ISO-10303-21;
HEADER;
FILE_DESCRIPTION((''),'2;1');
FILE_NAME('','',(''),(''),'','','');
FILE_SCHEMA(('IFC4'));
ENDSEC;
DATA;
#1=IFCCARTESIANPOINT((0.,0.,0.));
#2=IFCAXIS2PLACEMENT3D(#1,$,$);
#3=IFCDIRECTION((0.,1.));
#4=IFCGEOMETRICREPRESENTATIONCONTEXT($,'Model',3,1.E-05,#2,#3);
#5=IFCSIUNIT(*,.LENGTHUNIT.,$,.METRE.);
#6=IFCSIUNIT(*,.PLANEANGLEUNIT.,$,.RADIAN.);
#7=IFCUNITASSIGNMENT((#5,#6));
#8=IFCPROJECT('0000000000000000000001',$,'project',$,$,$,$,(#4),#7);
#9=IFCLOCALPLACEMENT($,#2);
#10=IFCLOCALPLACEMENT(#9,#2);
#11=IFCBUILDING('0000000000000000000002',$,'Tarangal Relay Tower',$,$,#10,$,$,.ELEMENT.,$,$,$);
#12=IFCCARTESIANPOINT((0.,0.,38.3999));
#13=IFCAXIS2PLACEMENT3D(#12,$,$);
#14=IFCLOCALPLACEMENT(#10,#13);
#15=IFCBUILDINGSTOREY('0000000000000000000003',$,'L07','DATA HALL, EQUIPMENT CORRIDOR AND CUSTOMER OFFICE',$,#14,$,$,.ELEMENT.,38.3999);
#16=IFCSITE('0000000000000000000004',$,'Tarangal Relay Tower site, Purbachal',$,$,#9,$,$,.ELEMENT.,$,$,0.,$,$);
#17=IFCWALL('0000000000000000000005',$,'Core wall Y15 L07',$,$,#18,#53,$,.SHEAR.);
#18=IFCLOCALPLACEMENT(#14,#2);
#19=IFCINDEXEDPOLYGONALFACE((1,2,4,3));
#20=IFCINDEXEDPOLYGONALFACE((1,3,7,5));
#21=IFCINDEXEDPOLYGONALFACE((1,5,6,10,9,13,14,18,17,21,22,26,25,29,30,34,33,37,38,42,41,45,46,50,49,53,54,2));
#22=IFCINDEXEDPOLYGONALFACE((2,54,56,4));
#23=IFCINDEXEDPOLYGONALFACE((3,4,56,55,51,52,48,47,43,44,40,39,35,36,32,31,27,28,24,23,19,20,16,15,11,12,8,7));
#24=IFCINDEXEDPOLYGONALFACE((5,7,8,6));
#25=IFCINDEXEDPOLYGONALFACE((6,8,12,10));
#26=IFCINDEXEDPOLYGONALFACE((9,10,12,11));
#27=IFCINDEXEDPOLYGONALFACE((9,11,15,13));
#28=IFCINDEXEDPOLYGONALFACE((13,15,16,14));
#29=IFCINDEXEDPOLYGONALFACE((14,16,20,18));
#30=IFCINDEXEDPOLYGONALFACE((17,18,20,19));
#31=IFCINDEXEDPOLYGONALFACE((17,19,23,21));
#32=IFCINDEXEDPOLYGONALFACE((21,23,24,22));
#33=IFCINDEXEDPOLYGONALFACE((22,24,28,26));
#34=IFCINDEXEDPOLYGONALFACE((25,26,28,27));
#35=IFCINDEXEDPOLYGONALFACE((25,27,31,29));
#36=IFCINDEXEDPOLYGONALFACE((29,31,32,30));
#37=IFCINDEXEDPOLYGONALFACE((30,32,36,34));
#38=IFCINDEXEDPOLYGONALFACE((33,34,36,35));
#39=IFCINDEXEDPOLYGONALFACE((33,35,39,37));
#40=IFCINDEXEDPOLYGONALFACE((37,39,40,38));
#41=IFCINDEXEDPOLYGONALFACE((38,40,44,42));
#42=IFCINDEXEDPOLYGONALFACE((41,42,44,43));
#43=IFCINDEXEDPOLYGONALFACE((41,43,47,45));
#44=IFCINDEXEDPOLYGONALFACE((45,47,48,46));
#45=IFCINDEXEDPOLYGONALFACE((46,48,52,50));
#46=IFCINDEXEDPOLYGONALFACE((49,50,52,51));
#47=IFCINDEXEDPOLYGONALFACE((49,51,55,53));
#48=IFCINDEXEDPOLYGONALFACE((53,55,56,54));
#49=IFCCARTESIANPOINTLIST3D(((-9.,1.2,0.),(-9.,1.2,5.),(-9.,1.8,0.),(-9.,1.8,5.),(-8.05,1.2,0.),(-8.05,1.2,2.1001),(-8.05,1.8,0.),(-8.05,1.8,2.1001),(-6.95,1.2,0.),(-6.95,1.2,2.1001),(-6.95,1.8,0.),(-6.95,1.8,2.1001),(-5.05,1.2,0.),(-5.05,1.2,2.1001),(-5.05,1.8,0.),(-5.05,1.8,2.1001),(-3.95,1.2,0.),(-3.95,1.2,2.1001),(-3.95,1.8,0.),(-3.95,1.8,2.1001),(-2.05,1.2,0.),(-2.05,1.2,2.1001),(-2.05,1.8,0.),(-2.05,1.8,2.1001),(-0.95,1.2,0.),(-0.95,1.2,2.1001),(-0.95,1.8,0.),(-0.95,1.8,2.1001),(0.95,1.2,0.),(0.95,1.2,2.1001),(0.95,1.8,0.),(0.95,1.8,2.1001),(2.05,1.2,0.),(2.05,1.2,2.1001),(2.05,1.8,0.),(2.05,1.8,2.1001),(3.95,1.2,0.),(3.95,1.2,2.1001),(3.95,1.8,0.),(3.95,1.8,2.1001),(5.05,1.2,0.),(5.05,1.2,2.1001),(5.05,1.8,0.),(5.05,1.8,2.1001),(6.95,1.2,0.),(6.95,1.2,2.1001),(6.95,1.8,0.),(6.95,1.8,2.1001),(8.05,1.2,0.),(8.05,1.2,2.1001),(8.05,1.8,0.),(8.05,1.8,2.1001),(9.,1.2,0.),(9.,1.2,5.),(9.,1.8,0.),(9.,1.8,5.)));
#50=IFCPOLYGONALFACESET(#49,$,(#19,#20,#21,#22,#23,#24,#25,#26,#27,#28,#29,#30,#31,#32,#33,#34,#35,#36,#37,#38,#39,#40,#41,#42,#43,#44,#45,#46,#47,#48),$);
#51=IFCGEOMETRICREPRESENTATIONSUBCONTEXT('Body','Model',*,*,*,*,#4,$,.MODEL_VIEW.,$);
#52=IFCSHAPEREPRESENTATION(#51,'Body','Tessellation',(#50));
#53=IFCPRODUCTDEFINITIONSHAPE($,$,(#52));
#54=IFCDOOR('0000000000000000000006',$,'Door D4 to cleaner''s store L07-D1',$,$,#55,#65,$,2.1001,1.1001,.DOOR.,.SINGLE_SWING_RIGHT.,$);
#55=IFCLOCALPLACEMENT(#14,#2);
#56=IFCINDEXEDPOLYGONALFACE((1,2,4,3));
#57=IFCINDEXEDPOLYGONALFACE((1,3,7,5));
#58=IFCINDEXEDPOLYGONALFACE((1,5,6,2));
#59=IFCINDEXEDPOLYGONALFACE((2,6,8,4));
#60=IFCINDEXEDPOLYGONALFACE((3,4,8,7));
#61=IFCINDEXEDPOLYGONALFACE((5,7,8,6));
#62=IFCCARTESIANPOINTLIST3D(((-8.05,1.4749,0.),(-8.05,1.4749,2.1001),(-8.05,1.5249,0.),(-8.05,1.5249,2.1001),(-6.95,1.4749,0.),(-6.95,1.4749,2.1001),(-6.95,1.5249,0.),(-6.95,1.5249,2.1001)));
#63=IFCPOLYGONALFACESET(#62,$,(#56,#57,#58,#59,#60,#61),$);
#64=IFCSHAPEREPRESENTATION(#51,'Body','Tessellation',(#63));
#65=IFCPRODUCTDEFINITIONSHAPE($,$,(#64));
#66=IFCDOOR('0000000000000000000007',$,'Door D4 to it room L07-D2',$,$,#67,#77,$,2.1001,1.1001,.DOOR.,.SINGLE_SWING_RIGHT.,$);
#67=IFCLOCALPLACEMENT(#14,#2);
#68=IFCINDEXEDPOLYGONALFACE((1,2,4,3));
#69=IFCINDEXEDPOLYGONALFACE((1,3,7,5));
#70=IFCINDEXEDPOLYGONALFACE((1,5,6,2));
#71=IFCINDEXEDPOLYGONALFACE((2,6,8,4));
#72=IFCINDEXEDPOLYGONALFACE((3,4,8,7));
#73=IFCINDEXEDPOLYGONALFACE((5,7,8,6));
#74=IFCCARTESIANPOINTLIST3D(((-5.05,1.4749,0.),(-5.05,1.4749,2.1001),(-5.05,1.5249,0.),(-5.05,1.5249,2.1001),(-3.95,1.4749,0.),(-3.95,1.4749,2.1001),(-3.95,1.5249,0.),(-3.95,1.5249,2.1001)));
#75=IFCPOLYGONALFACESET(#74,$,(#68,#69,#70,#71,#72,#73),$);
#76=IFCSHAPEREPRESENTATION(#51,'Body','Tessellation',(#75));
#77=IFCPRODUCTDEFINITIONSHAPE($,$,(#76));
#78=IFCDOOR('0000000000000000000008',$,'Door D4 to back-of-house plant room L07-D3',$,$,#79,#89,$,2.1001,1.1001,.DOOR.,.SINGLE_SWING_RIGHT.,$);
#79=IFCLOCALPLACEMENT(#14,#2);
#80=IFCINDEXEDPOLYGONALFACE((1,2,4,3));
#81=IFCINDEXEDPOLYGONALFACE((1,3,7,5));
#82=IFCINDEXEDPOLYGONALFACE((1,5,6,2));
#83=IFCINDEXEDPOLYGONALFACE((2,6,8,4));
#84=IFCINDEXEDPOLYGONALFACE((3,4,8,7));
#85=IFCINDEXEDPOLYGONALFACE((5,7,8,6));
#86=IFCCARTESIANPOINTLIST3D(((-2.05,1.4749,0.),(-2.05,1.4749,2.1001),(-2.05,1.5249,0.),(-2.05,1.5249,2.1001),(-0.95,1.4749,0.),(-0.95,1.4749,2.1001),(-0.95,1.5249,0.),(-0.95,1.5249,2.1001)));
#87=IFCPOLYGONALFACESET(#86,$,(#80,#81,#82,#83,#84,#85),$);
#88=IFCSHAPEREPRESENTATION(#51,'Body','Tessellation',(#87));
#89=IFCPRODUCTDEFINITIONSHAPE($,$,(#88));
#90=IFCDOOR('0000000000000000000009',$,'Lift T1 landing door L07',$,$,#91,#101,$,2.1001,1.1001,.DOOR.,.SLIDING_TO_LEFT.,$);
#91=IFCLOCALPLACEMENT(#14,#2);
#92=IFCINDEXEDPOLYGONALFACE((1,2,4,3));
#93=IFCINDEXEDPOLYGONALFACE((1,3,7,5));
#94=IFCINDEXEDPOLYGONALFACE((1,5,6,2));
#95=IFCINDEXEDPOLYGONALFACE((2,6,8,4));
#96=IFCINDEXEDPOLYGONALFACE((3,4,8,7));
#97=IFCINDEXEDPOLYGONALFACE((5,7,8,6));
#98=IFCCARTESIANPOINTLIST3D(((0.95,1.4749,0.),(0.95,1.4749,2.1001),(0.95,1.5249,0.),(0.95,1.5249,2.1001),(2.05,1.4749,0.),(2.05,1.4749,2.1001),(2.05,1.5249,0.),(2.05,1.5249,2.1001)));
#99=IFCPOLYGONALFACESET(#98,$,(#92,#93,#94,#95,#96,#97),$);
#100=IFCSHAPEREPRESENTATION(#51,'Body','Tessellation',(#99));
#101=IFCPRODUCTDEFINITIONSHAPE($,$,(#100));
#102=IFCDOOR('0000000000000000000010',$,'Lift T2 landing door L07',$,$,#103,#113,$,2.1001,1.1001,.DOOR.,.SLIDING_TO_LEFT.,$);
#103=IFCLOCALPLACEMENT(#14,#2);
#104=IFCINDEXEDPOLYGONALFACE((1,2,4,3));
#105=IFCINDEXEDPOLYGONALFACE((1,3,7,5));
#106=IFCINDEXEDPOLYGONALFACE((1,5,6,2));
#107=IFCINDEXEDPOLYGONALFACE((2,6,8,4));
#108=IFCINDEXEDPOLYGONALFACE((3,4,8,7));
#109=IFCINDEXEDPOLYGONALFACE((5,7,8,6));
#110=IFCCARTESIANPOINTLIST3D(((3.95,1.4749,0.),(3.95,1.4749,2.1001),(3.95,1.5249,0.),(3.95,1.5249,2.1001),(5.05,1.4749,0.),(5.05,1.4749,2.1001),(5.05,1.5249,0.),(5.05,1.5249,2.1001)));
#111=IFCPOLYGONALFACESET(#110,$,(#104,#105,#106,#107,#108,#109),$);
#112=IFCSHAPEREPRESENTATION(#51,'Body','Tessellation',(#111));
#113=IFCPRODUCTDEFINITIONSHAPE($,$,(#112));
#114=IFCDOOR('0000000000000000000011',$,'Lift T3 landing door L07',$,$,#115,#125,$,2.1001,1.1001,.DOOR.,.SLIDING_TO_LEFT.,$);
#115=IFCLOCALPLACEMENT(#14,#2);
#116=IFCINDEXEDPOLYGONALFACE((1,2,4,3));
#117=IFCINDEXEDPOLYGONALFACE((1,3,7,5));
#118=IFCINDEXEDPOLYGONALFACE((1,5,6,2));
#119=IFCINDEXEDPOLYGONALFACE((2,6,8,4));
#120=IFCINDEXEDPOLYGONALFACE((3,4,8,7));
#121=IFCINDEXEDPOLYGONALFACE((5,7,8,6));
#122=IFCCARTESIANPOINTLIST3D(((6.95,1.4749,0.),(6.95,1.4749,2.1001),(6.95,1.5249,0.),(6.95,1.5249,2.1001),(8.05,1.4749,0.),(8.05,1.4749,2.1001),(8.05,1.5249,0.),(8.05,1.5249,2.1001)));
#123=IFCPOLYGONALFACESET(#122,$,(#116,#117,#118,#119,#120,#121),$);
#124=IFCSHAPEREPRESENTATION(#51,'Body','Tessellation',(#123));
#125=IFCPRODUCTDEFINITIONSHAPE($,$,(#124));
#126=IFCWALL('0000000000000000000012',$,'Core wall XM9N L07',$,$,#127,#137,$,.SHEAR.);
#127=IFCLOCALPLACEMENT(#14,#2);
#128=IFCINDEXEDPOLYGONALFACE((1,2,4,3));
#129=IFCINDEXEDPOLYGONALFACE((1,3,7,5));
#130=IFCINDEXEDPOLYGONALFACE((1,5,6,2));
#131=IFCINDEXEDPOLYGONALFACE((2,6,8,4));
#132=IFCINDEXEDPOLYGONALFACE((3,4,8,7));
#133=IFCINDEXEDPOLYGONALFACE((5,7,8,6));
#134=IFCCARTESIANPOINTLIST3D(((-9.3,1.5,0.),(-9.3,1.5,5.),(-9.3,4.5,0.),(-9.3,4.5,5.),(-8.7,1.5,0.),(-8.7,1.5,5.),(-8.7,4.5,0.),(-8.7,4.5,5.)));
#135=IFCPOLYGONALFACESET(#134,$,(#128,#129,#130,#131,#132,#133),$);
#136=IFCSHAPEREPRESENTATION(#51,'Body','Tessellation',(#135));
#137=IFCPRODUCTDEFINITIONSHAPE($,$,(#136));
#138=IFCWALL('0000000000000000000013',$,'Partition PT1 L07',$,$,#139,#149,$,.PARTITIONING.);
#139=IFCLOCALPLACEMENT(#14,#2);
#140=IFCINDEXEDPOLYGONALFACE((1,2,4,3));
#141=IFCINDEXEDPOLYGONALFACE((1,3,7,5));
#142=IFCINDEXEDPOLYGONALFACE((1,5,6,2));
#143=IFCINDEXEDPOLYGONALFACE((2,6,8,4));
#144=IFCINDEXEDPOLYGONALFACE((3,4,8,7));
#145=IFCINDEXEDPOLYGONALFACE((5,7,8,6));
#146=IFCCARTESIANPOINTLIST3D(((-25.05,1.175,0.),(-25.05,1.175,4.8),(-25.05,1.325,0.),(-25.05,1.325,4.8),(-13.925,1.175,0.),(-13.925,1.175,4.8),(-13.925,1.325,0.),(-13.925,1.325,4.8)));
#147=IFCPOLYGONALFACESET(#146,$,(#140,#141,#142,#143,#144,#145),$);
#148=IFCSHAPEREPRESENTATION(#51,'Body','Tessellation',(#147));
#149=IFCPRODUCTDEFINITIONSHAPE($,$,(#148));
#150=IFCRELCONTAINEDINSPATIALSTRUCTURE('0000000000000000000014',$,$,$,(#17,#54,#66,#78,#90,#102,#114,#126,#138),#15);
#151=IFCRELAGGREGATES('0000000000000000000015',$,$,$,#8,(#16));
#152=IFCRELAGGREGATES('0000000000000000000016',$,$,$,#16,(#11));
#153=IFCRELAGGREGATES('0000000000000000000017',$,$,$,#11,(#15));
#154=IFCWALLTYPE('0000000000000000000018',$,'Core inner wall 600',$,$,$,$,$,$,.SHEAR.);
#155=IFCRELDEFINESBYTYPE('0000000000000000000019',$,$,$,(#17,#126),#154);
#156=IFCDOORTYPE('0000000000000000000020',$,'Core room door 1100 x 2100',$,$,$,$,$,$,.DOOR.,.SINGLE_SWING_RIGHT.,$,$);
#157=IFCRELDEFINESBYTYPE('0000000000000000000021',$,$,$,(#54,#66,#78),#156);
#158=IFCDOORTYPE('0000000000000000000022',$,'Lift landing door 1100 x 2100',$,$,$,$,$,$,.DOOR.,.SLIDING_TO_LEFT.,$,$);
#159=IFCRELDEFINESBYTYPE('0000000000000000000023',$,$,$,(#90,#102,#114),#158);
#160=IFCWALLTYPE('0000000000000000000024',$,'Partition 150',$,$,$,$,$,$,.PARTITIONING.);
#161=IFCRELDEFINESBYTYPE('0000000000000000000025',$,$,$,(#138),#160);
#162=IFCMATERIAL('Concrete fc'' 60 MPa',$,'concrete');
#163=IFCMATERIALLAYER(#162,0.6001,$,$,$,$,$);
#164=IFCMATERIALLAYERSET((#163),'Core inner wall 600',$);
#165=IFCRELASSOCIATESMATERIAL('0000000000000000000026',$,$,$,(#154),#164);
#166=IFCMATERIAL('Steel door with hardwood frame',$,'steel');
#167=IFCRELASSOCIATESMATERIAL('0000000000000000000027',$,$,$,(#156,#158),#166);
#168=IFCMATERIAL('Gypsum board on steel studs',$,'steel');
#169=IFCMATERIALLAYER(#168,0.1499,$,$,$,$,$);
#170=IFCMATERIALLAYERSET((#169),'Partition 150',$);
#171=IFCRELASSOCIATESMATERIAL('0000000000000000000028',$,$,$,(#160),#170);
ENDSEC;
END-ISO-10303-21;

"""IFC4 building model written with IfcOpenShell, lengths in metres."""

from ifc_helpers import new_model, si_unit, direction, frame, frame_2d, origin, place, context, subcontext, project, spatial, rectangle, extrude, material, layer, layer_set, type_object, element, fill, save


model = new_model("IFC4")

# Units and contexts
model_context = context("Model", 3, precision=1e-05, world=origin(), true_north=direction((0.0, 1.0)))
body_context = subcontext(model_context, "Body", "Model", "MODEL_VIEW")
ifc_project = project(units=[si_unit("LENGTHUNIT", "METRE"), si_unit("PLANEANGLEUNIT", "RADIAN")], contexts=[model_context])

# Site, building, storey
site_placement = place(None, origin())
site = spatial("IfcSite", under=ifc_project, at=site_placement, Name="Tarangal Relay Tower site, Purbachal", CompositionType="ELEMENT", RefElevation=0.0)
building_placement = place(site_placement, origin())
building = spatial("IfcBuilding", under=site, at=building_placement, Name="Tarangal Relay Tower", CompositionType="ELEMENT")
storey_placement = place(building_placement, frame((0.0, 0.0, 38.3999)))
storey = spatial("IfcBuildingStorey", under=building, at=storey_placement, Name="L07", Description="DATA HALL, EQUIPMENT CORRIDOR AND CUSTOMER OFFICE", CompositionType="ELEMENT", Elevation=38.3999)

# Wall, openings, doors
ifc_material_1 = material(Name="Concrete fc' 60 MPa", Category="concrete")
ifc_layer_1 = layer(ifc_material_1, 0.6001)
ifc_layer_set_1 = layer_set([ifc_layer_1], Name="Core inner wall 600")
wall_type_1 = type_object("IfcWallType", Name="Core inner wall 600", PredefinedType="SHEAR", material=ifc_layer_set_1)
ifc_material_2 = material(Name="Steel door with hardwood frame", Category="steel")
wall_1_placement = place(storey_placement, frame((-9.0, 1.5, 0.0), z_axis=(0.0, 0.0, 1.0), x_axis=(1.0, 0.0, 0.0)))
wall_1 = element("IfcWall", 1, at=wall_1_placement, inside=storey, type_object=wall_type_1, Name="Core wall Y15 L07", PredefinedType="SHEAR", context=body_context, shape_type="SweptSolid", body=[
    extrude(rectangle(XDim=18.0, YDim=0.6001, at=frame_2d((9.0, 0.0))), origin(), (0.0, 0.0, 1.0), 5.0),
])
opening_1_placement = place(wall_1_placement, frame((9.95, 0.0, 0.0)))
opening_1 = element("IfcOpeningElement", 2, at=opening_1_placement, cuts=wall_1, PredefinedType="OPENING", context=body_context, shape_type="SweptSolid", body=[
    extrude(rectangle(XDim=1.1001, YDim=2.1001, at=frame_2d((0.55, 1.05))), frame((0.0, 0.3101, 0.0), z_axis=(0.0, -1.0, 0.0), x_axis=(1.0, 0.0, 0.0)), (0.0, 0.0, 1.0), 0.6201),
])
opening_2_placement = place(wall_1_placement, frame((12.95, 0.0, 0.0)))
opening_2 = element("IfcOpeningElement", 3, at=opening_2_placement, cuts=wall_1, PredefinedType="OPENING", context=body_context, shape_type="SweptSolid", body=[
    extrude(rectangle(XDim=1.1001, YDim=2.1001, at=frame_2d((0.55, 1.05))), frame((0.0, 0.3101, 0.0), z_axis=(0.0, -1.0, 0.0), x_axis=(1.0, 0.0, 0.0)), (0.0, 0.0, 1.0), 0.6201),
])
opening_3_placement = place(wall_1_placement, frame((15.95, 0.0, 0.0)))
opening_3 = element("IfcOpeningElement", 4, at=opening_3_placement, cuts=wall_1, PredefinedType="OPENING", context=body_context, shape_type="SweptSolid", body=[
    extrude(rectangle(XDim=1.1001, YDim=2.1001, at=frame_2d((0.55, 1.05))), frame((0.0, 0.3101, 0.0), z_axis=(0.0, -1.0, 0.0), x_axis=(1.0, 0.0, 0.0)), (0.0, 0.0, 1.0), 0.6201),
])
opening_4_placement = place(wall_1_placement, frame((0.95, 0.0, 0.0)))
opening_4 = element("IfcOpeningElement", 5, at=opening_4_placement, cuts=wall_1, PredefinedType="OPENING", context=body_context, shape_type="SweptSolid", body=[
    extrude(rectangle(XDim=1.1001, YDim=2.1001, at=frame_2d((0.55, 1.05))), frame((0.0, 0.3101, 0.0), z_axis=(0.0, -1.0, 0.0), x_axis=(1.0, 0.0, 0.0)), (0.0, 0.0, 1.0), 0.6201),
])
opening_5_placement = place(wall_1_placement, frame((3.95, 0.0, 0.0)))
opening_5 = element("IfcOpeningElement", 6, at=opening_5_placement, cuts=wall_1, PredefinedType="OPENING", context=body_context, shape_type="SweptSolid", body=[
    extrude(rectangle(XDim=1.1001, YDim=2.1001, at=frame_2d((0.55, 1.05))), frame((0.0, 0.3101, 0.0), z_axis=(0.0, -1.0, 0.0), x_axis=(1.0, 0.0, 0.0)), (0.0, 0.0, 1.0), 0.6201),
])
opening_6_placement = place(wall_1_placement, frame((6.95, 0.0, 0.0)))
opening_6 = element("IfcOpeningElement", 7, at=opening_6_placement, cuts=wall_1, PredefinedType="OPENING", context=body_context, shape_type="SweptSolid", body=[
    extrude(rectangle(XDim=1.1001, YDim=2.1001, at=frame_2d((0.55, 1.05))), frame((0.0, 0.3101, 0.0), z_axis=(0.0, -1.0, 0.0), x_axis=(1.0, 0.0, 0.0)), (0.0, 0.0, 1.0), 0.6201),
])
door_type_1 = type_object("IfcDoorType", Name="Core room door 1100 x 2100", OperationType="SINGLE_SWING_RIGHT", PredefinedType="DOOR", material=ifc_material_2)
door_1_placement = place(opening_4_placement, origin())
door_1 = element("IfcDoor", 8, at=door_1_placement, inside=storey, type_object=door_type_1, Name="Door D4 to cleaner's store L07-D1", OperationType="SINGLE_SWING_RIGHT", OverallHeight=2.1001, OverallWidth=1.1001, PredefinedType="DOOR", context=body_context, shape_type="SweptSolid", body=[
    extrude(rectangle(XDim=1.1001, YDim=2.1001, at=frame_2d((0.55, 1.05))), frame((0.0, 0.0249, 0.0), z_axis=(0.0, -1.0, 0.0), x_axis=(1.0, 0.0, 0.0)), (0.0, 0.0, 1.0), 0.05),
])
fill(opening_4, door_1)
door_2_placement = place(opening_5_placement, origin())
door_2 = element("IfcDoor", 9, at=door_2_placement, inside=storey, type_object=door_type_1, Name="Door D4 to it room L07-D2", OperationType="SINGLE_SWING_RIGHT", OverallHeight=2.1001, OverallWidth=1.1001, PredefinedType="DOOR", context=body_context, shape_type="SweptSolid", body=[
    extrude(rectangle(XDim=1.1001, YDim=2.1001, at=frame_2d((0.55, 1.05))), frame((0.0, 0.0249, 0.0), z_axis=(0.0, -1.0, 0.0), x_axis=(1.0, 0.0, 0.0)), (0.0, 0.0, 1.0), 0.05),
])
fill(opening_5, door_2)
door_3_placement = place(opening_6_placement, origin())
door_3 = element("IfcDoor", 10, at=door_3_placement, inside=storey, type_object=door_type_1, Name="Door D4 to back-of-house plant room L07-D3", OperationType="SINGLE_SWING_RIGHT", OverallHeight=2.1001, OverallWidth=1.1001, PredefinedType="DOOR", context=body_context, shape_type="SweptSolid", body=[
    extrude(rectangle(XDim=1.1001, YDim=2.1001, at=frame_2d((0.55, 1.05))), frame((0.0, 0.0249, 0.0), z_axis=(0.0, -1.0, 0.0), x_axis=(1.0, 0.0, 0.0)), (0.0, 0.0, 1.0), 0.05),
])
fill(opening_6, door_3)
door_type_2 = type_object("IfcDoorType", Name="Lift landing door 1100 x 2100", OperationType="SLIDING_TO_LEFT", PredefinedType="DOOR", material=ifc_material_2)
door_4_placement = place(opening_1_placement, origin())
door_4 = element("IfcDoor", 11, at=door_4_placement, inside=storey, type_object=door_type_2, Name="Lift T1 landing door L07", OperationType="SLIDING_TO_LEFT", OverallHeight=2.1001, OverallWidth=1.1001, PredefinedType="DOOR", context=body_context, shape_type="SweptSolid", body=[
    extrude(rectangle(XDim=1.1001, YDim=2.1001, at=frame_2d((0.55, 1.05))), frame((0.0, 0.0249, 0.0), z_axis=(0.0, -1.0, 0.0), x_axis=(1.0, 0.0, 0.0)), (0.0, 0.0, 1.0), 0.05),
])
fill(opening_1, door_4)
door_5_placement = place(opening_2_placement, origin())
door_5 = element("IfcDoor", 12, at=door_5_placement, inside=storey, type_object=door_type_2, Name="Lift T2 landing door L07", OperationType="SLIDING_TO_LEFT", OverallHeight=2.1001, OverallWidth=1.1001, PredefinedType="DOOR", context=body_context, shape_type="SweptSolid", body=[
    extrude(rectangle(XDim=1.1001, YDim=2.1001, at=frame_2d((0.55, 1.05))), frame((0.0, 0.0249, 0.0), z_axis=(0.0, -1.0, 0.0), x_axis=(1.0, 0.0, 0.0)), (0.0, 0.0, 1.0), 0.05),
])
fill(opening_2, door_5)
door_6_placement = place(opening_3_placement, origin())
door_6 = element("IfcDoor", 13, at=door_6_placement, inside=storey, type_object=door_type_2, Name="Lift T3 landing door L07", OperationType="SLIDING_TO_LEFT", OverallHeight=2.1001, OverallWidth=1.1001, PredefinedType="DOOR", context=body_context, shape_type="SweptSolid", body=[
    extrude(rectangle(XDim=1.1001, YDim=2.1001, at=frame_2d((0.55, 1.05))), frame((0.0, 0.0249, 0.0), z_axis=(0.0, -1.0, 0.0), x_axis=(1.0, 0.0, 0.0)), (0.0, 0.0, 1.0), 0.05),
])
fill(opening_3, door_6)

# Walls
wall_2_placement = place(storey_placement, frame((-9.0, 1.5, 0.0), z_axis=(0.0, 0.0, 1.0), x_axis=(0.0, 1.0, 0.0)))
element("IfcWall", 14, at=wall_2_placement, inside=storey, type_object=wall_type_1, Name="Core wall XM9N L07", PredefinedType="SHEAR", context=body_context, shape_type="SweptSolid", body=[
    extrude(rectangle(XDim=3.0, YDim=0.6001, at=frame_2d((1.5, 0.0))), origin(), (0.0, 0.0, 1.0), 5.0),
])
ifc_material_3 = material(Name="Gypsum board on steel studs", Category="steel")
ifc_layer_2 = layer(ifc_material_3, 0.1499)
ifc_layer_set_2 = layer_set([ifc_layer_2], Name="Partition 150")
wall_type_2 = type_object("IfcWallType", Name="Partition 150", PredefinedType="PARTITIONING", material=ifc_layer_set_2)
wall_3_placement = place(storey_placement, frame((-25.05, 1.25, 0.0), z_axis=(0.0, 0.0, 1.0), x_axis=(1.0, 0.0, 0.0)))
element("IfcWall", 15, at=wall_3_placement, inside=storey, type_object=wall_type_2, Name="Partition PT1 L07", PredefinedType="PARTITIONING", context=body_context, shape_type="SweptSolid", body=[
    extrude(rectangle(XDim=11.125, YDim=0.1499, at=frame_2d((5.5625, 0.0))), origin(), (0.0, 0.0, 1.0), 4.8),
])

save(model, "model.ifc")
